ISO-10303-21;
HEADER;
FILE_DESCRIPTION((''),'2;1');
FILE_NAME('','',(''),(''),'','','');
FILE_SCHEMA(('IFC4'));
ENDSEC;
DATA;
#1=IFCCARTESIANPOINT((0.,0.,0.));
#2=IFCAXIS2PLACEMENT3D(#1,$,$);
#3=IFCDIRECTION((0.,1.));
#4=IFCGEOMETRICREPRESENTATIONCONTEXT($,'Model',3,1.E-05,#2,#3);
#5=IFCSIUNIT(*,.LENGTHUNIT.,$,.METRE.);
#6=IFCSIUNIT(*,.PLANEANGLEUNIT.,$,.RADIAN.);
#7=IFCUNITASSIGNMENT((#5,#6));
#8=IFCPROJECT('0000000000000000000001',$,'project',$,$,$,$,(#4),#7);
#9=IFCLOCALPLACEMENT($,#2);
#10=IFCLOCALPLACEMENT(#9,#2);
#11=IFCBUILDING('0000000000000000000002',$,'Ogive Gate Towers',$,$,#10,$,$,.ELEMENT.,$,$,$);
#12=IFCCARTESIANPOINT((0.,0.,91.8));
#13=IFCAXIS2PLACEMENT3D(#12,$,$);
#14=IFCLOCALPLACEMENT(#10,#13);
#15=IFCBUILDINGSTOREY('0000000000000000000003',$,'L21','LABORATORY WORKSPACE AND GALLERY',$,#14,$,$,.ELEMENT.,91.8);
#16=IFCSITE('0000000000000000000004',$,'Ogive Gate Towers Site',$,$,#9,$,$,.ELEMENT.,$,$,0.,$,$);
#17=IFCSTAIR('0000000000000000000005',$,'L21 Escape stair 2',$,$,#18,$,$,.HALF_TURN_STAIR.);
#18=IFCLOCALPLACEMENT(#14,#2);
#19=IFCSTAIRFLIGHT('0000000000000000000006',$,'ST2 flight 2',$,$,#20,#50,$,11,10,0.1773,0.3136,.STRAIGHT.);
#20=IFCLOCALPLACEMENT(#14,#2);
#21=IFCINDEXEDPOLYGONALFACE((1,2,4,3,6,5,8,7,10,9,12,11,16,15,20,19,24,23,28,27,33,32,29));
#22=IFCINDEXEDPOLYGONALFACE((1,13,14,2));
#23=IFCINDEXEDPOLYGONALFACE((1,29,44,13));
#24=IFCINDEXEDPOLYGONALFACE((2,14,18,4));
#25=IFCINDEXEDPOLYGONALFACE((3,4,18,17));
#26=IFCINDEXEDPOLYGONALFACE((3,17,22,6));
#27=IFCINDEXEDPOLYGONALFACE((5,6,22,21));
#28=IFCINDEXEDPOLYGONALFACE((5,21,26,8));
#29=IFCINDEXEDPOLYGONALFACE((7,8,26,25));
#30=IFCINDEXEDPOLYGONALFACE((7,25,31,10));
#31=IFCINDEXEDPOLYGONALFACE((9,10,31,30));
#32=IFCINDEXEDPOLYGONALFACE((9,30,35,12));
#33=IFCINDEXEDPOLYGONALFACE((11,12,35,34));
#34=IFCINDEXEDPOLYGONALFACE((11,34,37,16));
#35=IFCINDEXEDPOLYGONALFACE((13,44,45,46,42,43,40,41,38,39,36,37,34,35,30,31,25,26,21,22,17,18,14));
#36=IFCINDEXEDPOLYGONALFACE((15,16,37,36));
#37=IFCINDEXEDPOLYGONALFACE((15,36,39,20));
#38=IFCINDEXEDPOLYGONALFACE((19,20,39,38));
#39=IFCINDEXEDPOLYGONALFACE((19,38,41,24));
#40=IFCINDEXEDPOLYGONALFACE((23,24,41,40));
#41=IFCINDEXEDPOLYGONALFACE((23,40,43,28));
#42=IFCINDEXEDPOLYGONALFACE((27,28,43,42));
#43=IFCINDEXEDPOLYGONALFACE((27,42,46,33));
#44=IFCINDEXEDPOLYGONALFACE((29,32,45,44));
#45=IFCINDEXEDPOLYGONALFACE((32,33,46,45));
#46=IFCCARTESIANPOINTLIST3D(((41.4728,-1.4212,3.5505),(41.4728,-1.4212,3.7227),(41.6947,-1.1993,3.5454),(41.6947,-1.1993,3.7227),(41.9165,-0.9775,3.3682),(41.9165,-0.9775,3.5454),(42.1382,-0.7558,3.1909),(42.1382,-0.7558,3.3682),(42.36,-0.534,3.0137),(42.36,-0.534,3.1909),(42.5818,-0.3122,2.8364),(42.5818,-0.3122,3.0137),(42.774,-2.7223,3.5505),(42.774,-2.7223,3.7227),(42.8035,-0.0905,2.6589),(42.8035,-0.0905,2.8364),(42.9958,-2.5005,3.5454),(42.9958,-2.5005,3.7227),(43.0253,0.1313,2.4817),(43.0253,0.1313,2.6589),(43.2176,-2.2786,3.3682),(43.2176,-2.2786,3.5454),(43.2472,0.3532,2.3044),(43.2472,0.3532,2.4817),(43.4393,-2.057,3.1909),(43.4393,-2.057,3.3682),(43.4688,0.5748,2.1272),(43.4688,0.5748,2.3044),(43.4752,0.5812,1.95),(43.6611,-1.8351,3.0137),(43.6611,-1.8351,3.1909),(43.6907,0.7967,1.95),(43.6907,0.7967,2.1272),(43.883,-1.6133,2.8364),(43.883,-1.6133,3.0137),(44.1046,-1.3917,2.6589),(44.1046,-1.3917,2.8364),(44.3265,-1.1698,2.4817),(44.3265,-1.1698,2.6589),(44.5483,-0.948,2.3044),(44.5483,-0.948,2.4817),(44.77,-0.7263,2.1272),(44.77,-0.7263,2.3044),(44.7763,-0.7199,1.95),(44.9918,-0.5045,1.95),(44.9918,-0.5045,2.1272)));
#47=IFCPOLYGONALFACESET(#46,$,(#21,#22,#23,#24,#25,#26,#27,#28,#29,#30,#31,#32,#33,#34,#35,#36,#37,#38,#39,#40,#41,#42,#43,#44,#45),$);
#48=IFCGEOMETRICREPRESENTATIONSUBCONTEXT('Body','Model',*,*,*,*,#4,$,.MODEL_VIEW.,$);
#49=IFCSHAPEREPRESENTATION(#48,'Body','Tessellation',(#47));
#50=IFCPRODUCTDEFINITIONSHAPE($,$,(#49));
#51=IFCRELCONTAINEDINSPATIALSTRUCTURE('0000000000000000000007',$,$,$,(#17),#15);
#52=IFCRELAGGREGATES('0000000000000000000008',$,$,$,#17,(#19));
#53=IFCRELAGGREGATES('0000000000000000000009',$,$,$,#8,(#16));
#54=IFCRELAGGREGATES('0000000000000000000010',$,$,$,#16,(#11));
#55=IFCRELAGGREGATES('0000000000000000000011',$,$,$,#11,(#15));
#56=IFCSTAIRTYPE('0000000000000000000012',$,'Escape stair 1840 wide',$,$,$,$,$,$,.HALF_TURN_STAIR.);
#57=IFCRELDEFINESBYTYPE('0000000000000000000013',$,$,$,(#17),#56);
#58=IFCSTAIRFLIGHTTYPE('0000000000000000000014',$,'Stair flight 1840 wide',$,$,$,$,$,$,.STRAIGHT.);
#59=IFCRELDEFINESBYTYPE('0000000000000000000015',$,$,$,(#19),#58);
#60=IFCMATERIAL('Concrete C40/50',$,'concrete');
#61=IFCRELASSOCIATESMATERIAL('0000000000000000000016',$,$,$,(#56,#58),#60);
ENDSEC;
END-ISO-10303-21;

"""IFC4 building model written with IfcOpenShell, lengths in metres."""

from ifc_helpers import new_model, si_unit, direction, frame, origin, place, context, subcontext, project, spatial, polyline, outline, extrude, material, type_object, element, aggregate, save


model = new_model("IFC4")

# Units and contexts
model_context = context("Model", 3, precision=1e-05, world=origin(), true_north=direction((0.0, 1.0)))
body_context = subcontext(model_context, "Body", "Model", "MODEL_VIEW")
ifc_project = project(units=[si_unit("LENGTHUNIT", "METRE"), si_unit("PLANEANGLEUNIT", "RADIAN")], contexts=[model_context])

# Site, building, storey
site_placement = place(None, origin())
site = spatial("IfcSite", under=ifc_project, at=site_placement, Name="Ogive Gate Towers Site", CompositionType="ELEMENT", RefElevation=0.0)
building_placement = place(site_placement, origin())
building = spatial("IfcBuilding", under=site, at=building_placement, Name="Ogive Gate Towers", CompositionType="ELEMENT")
storey_placement = place(building_placement, frame((0.0, 0.0, 91.8)))
storey = spatial("IfcBuildingStorey", under=building, at=storey_placement, Name="L21", Description="LABORATORY WORKSPACE AND GALLERY", CompositionType="ELEMENT", Elevation=91.8)

# Shared definitions
ifc_material_1 = material(Name="Concrete C40/50", Category="concrete")

# Stair, stair flight
stair_type = type_object("IfcStairType", Name="Escape stair 1840 wide", PredefinedType="HALF_TURN_STAIR", material=ifc_material_1)
stair_placement = place(storey_placement, origin())
stair = element("IfcStair", 1, at=stair_placement, inside=storey, type_object=stair_type, Name="L21 Escape stair 2", PredefinedType="HALF_TURN_STAIR")
stair_flight_type = type_object("IfcStairFlightType", Name="Stair flight 1840 wide", PredefinedType="STRAIGHT", material=ifc_material_1)
stair_flight_placement = place(storey_placement, frame((44.3413, 0.146, 1.95), z_axis=(0.0, 0.0, 1.0), x_axis=(-0.707107, -0.707107, 0.0)))
stair_flight = element("IfcStairFlight", 2, at=stair_flight_placement, type_object=stair_flight_type, Name="ST2 flight 2", NumberOfRisers=11, NumberOfTreads=10, PredefinedType="STRAIGHT", RiserHeight=0.1773, TreadLength=0.3136, context=body_context, shape_type="SweptSolid", body=[
    extrude(outline(polyline([(0.0, 0.0), (0.0, 0.1772), (0.3137, 0.1772), (0.3137, 0.3545), (0.6272, 0.3545), (0.6272, 0.5317), (0.9409, 0.5317), (0.9409, 0.709), (1.2546, 0.709), (1.2546, 0.8865), (1.5681, 0.8865), (1.5681, 1.0637), (1.8818, 1.0637), (1.8818, 1.241), (2.1956, 1.241), (2.1956, 1.4182), (2.509, 1.4182), (2.509, 1.5955), (2.8228, 1.5955), (2.8228, 1.7727), (3.1365, 1.7727), (3.1365, 1.95), (3.1365, 1.6006), (0.3047, 0.0), (0.0, 0.0)])), frame((0.0, 0.9199, 0.0), z_axis=(0.0, -1.0, 0.0), x_axis=(1.0, 0.0, 0.0)), (0.0, 0.0, 1.0), 1.8401),
])
aggregate(stair, [stair_flight])

save(model, "model.ifc")
